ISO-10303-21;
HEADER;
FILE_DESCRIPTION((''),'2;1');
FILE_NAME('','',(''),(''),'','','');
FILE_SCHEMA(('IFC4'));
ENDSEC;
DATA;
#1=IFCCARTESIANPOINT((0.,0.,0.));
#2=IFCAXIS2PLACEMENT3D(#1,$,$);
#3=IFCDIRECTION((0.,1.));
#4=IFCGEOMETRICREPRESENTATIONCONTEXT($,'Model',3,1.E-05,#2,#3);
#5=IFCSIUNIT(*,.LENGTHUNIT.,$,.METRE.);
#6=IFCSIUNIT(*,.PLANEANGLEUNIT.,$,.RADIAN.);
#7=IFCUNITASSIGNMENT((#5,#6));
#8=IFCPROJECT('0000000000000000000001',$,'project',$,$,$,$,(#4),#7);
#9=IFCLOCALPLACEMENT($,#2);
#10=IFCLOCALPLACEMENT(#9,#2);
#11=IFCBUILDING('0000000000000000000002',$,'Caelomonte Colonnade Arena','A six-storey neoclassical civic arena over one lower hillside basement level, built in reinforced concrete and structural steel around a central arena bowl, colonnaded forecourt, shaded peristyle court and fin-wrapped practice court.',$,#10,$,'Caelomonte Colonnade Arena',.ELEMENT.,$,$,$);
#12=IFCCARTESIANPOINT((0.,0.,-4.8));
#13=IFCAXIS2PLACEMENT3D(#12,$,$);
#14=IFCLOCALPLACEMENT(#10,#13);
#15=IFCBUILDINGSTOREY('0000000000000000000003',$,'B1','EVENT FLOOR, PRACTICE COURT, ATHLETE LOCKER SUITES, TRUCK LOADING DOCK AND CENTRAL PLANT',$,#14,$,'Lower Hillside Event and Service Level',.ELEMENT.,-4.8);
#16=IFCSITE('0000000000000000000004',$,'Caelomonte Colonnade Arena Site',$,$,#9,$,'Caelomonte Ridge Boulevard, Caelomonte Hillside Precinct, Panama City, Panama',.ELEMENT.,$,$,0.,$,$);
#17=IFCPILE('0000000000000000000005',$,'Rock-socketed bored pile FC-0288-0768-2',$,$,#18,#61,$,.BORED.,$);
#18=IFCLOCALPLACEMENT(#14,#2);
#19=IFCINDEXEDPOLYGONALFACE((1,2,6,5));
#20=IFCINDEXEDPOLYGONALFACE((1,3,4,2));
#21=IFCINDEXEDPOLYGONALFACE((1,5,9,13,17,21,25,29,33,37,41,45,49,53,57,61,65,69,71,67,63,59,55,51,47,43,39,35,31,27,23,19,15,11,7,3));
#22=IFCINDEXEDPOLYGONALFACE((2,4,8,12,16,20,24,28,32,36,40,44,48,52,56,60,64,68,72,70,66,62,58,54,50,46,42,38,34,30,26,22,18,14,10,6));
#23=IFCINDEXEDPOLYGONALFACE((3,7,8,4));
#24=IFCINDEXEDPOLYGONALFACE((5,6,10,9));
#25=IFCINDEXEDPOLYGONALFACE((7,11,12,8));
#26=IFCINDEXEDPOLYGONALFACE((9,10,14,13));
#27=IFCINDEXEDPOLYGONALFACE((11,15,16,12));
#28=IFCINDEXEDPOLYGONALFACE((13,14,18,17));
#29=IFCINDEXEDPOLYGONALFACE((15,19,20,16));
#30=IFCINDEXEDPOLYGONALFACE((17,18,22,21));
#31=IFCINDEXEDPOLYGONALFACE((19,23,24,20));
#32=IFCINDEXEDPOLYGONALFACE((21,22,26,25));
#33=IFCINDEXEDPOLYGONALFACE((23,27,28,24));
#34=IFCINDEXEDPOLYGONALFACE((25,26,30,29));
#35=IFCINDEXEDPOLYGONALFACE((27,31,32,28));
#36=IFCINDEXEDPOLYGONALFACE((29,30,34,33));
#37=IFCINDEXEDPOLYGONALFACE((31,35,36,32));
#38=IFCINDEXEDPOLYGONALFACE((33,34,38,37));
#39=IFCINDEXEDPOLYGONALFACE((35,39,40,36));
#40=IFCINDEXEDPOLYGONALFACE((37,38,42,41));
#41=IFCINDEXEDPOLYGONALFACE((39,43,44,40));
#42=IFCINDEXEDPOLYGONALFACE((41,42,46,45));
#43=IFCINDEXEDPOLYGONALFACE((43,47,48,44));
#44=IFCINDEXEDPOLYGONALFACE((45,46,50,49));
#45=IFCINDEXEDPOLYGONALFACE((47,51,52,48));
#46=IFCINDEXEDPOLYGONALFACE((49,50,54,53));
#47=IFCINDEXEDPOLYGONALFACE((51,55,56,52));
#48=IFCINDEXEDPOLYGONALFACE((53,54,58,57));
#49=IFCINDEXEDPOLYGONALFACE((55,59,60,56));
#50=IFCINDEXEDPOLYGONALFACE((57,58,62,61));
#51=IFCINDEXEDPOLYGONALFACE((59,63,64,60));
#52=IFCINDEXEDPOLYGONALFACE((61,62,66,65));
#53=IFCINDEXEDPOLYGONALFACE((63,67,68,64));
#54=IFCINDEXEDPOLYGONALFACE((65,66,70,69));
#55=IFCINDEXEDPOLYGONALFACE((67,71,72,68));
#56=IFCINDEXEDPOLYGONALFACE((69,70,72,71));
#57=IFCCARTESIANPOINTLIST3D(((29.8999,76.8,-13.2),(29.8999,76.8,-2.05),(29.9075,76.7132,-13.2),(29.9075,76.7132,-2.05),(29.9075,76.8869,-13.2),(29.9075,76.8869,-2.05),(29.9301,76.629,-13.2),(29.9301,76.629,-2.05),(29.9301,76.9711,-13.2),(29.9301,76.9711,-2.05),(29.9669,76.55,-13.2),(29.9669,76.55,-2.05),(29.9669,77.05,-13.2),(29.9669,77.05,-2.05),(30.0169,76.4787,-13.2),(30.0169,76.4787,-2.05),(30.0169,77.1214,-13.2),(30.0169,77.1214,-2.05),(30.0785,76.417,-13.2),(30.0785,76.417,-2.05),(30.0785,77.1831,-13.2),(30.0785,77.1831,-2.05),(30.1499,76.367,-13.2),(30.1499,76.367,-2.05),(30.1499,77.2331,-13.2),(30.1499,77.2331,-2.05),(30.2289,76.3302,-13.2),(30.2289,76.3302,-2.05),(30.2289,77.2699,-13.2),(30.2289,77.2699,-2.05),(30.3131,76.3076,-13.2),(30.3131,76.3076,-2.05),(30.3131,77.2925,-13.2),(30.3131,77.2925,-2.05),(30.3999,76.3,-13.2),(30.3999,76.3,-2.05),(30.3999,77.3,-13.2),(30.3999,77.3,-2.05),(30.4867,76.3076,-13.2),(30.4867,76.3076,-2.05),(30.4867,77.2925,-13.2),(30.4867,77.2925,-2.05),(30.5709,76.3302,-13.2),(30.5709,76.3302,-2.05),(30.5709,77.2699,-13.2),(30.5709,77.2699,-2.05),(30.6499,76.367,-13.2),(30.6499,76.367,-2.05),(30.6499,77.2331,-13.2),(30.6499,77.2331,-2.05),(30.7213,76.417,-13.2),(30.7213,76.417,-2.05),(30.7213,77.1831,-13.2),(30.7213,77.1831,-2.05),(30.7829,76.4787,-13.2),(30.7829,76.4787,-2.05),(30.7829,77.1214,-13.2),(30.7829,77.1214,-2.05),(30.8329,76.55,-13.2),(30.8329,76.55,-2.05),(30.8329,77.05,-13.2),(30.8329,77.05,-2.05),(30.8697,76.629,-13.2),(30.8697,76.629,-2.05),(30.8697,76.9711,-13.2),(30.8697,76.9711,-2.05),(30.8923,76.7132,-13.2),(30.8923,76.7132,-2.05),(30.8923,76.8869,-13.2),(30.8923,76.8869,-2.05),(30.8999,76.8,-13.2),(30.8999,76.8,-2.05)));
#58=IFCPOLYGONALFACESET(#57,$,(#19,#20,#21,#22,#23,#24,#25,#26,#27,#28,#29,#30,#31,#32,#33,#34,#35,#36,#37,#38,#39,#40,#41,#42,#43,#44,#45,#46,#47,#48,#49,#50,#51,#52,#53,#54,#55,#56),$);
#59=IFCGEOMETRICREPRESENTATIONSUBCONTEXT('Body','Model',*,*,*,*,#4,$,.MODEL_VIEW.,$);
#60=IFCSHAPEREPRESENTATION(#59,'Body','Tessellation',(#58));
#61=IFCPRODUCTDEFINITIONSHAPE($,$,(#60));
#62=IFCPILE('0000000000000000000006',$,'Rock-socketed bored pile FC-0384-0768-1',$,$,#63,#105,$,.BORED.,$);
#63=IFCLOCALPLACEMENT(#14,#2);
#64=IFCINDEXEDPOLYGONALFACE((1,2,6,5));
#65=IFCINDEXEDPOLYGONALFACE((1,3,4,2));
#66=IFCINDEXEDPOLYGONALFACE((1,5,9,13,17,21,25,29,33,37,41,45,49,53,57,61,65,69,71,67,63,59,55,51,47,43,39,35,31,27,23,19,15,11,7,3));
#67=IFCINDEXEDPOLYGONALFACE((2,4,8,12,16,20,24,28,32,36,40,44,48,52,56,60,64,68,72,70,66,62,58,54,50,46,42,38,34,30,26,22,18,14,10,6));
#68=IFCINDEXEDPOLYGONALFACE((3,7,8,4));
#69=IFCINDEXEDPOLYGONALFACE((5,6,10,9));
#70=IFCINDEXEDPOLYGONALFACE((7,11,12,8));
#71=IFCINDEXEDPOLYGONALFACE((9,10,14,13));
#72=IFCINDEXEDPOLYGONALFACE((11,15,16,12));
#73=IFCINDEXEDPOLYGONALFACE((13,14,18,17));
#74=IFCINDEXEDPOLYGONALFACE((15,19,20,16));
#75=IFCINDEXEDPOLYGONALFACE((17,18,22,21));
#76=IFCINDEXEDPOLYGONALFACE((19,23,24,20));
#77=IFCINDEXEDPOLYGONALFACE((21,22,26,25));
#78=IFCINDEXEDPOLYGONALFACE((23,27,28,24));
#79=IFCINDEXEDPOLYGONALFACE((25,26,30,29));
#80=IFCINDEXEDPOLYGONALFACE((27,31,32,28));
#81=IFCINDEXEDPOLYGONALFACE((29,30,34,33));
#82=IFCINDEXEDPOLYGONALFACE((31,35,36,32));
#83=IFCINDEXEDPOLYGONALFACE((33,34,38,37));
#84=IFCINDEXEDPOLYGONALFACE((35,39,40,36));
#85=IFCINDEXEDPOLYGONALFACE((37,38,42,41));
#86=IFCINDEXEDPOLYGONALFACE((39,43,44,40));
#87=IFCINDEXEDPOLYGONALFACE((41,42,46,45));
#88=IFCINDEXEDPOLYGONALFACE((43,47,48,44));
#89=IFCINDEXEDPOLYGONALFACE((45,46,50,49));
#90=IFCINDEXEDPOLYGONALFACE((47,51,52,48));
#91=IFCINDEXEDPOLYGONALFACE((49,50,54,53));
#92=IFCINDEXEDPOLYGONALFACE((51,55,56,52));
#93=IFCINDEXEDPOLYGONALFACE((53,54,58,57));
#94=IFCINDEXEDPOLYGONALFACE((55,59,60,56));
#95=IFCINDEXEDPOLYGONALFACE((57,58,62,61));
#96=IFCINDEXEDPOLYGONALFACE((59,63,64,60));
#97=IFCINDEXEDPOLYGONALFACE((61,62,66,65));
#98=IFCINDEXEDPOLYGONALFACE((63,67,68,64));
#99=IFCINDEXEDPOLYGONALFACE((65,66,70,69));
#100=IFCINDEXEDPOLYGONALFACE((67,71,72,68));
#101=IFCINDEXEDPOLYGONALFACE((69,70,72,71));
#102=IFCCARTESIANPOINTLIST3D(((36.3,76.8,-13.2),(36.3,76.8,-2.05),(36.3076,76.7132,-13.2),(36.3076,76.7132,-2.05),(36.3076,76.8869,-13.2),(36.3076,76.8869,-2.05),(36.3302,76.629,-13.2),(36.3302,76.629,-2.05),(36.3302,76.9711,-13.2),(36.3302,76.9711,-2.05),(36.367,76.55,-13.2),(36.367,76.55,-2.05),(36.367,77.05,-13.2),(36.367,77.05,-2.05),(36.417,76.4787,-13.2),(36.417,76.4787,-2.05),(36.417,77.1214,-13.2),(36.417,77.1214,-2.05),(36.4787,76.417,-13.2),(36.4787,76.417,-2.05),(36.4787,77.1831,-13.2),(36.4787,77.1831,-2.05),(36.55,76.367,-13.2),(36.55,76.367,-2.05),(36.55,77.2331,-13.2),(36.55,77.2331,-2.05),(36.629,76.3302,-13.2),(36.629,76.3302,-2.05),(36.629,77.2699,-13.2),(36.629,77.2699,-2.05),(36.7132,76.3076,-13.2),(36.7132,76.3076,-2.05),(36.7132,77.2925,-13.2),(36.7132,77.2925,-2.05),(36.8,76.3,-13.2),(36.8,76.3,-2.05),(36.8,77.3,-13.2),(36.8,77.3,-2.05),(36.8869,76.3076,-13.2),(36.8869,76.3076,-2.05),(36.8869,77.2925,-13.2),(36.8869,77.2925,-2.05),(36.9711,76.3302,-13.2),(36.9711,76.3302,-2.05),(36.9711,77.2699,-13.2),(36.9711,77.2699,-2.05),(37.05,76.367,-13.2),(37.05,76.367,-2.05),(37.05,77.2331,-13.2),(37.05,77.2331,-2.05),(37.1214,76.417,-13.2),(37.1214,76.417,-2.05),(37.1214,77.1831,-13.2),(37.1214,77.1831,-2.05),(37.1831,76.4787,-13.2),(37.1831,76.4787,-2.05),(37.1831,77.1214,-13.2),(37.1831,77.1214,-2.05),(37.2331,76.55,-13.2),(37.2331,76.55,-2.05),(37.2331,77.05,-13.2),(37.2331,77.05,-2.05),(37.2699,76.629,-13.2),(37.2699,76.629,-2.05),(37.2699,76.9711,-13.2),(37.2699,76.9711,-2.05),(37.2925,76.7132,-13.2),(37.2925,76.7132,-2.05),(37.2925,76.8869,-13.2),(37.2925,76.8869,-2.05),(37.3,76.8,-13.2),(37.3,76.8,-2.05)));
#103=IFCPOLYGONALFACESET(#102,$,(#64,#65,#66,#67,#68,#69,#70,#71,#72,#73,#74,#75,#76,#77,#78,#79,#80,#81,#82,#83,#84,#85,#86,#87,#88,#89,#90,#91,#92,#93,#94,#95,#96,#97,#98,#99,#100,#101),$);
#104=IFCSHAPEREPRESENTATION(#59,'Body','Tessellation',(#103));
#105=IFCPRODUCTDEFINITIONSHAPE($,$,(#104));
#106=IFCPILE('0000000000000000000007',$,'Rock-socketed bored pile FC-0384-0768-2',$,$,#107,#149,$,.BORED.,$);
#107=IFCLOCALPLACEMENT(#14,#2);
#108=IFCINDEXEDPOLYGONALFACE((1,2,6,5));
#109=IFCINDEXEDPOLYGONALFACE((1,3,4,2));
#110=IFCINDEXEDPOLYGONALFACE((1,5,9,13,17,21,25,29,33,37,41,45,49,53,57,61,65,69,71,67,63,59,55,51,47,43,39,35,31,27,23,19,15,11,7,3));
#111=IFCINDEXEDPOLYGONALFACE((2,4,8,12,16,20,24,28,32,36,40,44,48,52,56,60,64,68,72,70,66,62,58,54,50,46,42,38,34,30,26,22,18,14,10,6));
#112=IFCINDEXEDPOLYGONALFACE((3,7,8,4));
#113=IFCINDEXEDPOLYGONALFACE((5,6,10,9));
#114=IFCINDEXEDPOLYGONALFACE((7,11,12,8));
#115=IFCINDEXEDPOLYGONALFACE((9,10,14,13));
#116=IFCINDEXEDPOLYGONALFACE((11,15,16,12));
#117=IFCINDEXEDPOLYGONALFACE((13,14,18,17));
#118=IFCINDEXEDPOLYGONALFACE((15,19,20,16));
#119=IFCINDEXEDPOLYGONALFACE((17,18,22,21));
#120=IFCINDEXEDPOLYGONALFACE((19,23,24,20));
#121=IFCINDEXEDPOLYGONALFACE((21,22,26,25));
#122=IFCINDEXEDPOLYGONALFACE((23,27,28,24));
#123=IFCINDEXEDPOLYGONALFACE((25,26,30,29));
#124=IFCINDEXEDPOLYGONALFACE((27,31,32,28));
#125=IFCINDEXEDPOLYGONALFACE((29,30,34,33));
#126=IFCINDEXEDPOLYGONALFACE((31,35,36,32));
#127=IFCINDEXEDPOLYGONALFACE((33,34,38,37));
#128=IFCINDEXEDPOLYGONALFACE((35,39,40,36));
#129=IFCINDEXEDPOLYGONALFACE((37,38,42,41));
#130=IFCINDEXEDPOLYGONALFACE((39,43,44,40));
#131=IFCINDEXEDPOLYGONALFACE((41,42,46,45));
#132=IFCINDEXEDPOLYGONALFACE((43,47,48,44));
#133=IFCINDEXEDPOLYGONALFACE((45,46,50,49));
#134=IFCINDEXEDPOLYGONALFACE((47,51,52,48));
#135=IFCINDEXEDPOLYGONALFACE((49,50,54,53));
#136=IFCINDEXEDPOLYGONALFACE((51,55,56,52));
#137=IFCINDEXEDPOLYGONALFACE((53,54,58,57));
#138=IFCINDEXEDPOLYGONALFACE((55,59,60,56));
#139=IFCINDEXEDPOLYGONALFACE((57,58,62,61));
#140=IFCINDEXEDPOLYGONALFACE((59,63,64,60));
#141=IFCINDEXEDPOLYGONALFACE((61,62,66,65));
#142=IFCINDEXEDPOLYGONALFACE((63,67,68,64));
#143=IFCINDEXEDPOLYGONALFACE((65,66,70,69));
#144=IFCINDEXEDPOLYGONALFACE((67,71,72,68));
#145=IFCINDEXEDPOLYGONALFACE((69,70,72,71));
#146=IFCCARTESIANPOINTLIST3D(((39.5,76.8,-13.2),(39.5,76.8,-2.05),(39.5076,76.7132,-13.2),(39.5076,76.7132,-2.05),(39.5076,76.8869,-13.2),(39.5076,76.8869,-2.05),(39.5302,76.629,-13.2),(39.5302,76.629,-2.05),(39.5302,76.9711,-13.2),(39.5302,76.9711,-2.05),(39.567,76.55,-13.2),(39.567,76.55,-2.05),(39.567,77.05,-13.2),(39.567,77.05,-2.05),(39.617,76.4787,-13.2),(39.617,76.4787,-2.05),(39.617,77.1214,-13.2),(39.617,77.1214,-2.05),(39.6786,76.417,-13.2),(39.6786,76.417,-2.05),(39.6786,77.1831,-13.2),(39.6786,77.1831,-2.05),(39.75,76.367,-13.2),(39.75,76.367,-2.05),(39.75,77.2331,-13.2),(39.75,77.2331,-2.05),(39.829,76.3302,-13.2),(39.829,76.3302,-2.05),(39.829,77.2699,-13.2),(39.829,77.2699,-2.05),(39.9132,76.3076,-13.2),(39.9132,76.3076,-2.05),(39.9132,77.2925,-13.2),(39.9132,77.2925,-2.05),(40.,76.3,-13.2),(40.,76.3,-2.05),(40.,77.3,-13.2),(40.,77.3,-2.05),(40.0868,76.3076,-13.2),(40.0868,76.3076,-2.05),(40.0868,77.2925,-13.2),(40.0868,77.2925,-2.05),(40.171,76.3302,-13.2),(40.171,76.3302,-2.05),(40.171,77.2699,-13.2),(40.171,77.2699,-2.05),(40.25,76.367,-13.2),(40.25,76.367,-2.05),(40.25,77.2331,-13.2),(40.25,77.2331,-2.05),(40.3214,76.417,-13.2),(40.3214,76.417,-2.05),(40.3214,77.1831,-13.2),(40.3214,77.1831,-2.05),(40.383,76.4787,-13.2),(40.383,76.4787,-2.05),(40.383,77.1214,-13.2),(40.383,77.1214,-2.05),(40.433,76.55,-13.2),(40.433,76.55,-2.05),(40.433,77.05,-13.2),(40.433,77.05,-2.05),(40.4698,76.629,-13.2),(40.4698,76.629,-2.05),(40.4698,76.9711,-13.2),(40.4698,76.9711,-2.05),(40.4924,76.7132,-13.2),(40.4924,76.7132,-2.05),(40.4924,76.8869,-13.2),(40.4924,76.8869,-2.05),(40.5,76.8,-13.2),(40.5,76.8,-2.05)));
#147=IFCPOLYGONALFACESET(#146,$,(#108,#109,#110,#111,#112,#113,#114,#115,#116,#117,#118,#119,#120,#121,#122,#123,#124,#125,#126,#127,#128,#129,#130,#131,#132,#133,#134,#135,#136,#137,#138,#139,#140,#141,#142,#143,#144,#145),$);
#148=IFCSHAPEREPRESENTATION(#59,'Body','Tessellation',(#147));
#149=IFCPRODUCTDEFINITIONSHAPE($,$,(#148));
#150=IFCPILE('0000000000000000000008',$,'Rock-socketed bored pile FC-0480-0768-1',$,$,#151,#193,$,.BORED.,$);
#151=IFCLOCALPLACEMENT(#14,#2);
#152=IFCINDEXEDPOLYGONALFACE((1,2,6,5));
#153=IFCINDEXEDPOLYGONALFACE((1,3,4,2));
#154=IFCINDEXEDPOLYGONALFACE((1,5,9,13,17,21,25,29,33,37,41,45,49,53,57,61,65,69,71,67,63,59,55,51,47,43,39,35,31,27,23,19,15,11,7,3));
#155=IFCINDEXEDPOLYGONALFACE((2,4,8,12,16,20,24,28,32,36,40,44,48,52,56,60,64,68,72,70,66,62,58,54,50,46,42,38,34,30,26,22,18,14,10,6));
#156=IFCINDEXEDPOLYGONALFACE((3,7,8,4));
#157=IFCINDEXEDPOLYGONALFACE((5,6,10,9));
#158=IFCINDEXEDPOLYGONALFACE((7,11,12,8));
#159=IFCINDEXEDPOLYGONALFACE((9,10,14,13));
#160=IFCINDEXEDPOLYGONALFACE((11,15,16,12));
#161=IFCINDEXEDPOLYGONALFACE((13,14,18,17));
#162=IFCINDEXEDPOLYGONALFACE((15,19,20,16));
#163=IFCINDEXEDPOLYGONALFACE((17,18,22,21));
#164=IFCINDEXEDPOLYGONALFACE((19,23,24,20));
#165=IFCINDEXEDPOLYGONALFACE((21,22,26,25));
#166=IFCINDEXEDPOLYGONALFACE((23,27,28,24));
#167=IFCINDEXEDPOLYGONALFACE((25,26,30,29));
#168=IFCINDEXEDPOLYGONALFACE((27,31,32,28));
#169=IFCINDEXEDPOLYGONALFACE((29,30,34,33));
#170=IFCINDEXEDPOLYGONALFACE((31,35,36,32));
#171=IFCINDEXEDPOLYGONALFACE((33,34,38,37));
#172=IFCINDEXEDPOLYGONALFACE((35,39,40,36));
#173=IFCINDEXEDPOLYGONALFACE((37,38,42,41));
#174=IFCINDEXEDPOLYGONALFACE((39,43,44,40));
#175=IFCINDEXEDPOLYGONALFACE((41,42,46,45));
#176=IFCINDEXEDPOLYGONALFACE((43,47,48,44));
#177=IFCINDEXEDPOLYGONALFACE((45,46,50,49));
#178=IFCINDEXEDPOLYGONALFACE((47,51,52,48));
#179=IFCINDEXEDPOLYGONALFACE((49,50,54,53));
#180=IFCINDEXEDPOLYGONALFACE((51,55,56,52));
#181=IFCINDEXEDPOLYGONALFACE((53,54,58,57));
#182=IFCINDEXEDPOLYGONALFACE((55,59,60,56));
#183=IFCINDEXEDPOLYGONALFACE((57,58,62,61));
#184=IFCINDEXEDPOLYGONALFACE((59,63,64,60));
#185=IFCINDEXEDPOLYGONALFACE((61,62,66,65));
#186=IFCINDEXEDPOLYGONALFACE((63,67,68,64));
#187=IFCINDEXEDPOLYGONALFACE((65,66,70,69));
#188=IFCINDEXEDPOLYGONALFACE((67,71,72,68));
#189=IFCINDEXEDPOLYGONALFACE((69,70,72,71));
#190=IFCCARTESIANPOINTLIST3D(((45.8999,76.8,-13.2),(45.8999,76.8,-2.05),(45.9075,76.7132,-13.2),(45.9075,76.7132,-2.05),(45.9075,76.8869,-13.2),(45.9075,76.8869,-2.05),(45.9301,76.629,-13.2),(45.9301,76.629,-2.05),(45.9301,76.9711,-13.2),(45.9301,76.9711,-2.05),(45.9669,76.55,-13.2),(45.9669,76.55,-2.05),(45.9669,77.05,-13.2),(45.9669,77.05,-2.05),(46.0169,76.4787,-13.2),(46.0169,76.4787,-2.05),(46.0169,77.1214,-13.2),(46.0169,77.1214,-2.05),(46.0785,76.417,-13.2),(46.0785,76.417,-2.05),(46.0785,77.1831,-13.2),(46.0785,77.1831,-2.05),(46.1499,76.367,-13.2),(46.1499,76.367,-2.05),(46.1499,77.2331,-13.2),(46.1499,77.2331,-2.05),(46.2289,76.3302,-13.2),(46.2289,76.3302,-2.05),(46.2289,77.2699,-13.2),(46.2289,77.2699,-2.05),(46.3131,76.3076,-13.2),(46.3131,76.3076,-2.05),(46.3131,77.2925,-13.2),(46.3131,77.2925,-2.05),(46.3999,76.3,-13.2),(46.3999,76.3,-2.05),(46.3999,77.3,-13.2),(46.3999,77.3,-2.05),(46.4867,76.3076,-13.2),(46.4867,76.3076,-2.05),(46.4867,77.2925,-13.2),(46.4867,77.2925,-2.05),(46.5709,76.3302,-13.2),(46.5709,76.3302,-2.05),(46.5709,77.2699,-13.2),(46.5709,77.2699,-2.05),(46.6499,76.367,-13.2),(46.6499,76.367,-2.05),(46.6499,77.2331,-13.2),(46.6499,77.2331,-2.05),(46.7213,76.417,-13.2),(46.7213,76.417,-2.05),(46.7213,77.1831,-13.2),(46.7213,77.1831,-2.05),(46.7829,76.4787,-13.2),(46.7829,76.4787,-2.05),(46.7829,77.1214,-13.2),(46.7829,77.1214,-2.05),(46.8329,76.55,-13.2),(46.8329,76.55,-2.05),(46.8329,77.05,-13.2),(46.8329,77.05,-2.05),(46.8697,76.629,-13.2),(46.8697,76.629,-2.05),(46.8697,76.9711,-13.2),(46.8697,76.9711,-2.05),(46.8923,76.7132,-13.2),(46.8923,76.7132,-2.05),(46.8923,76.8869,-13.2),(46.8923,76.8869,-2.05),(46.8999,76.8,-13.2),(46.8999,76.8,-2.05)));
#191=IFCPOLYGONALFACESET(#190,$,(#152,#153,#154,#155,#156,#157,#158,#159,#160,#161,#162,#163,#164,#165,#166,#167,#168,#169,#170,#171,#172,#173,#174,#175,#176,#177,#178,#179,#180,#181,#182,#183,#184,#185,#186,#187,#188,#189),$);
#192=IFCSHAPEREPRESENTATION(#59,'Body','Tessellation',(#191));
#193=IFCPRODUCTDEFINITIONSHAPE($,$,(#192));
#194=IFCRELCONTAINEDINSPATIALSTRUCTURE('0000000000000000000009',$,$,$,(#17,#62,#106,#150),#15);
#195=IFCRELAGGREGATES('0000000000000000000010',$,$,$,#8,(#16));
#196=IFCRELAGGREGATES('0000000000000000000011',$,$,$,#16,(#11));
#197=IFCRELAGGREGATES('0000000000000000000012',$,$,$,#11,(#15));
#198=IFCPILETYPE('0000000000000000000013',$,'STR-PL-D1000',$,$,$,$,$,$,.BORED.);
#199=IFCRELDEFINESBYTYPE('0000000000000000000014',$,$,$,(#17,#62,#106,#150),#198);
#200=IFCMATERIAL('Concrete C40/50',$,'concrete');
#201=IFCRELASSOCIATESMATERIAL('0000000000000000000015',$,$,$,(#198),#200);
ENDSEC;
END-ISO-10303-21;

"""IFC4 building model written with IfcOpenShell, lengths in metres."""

from ifc_helpers import new_model, si_unit, direction, frame, origin, origin_2d, place, context, subcontext, project, spatial, circle, extrude, material, material_profile, profile_set, type_object, element, save


model = new_model("IFC4")

# Units and contexts
model_context = context("Model", 3, precision=1e-05, world=origin(), true_north=direction((0.0, 1.0)))
body_context = subcontext(model_context, "Body", "Model", "MODEL_VIEW")
ifc_project = project(units=[si_unit("LENGTHUNIT", "METRE"), si_unit("PLANEANGLEUNIT", "RADIAN")], contexts=[model_context])

# Site, building, storey
site_placement = place(None, origin())
site = spatial("IfcSite", under=ifc_project, at=site_placement, Name="Caelomonte Colonnade Arena Site", LongName="Caelomonte Ridge Boulevard, Caelomonte Hillside Precinct, Panama City, Panama", CompositionType="ELEMENT", RefElevation=0.0)
building_placement = place(site_placement, origin())
building = spatial("IfcBuilding", under=site, at=building_placement, Name="Caelomonte Colonnade Arena", Description="A six-storey neoclassical civic arena over one lower hillside basement level, built in reinforced concrete and structural steel around a central arena bowl, colonnaded forecourt, shaded peristyle court and fin-wrapped practice court.", LongName="Caelomonte Colonnade Arena", CompositionType="ELEMENT")
storey_placement = place(building_placement, frame((0.0, 0.0, -4.8)))
storey = spatial("IfcBuildingStorey", under=building, at=storey_placement, Name="B1", Description="EVENT FLOOR, PRACTICE COURT, ATHLETE LOCKER SUITES, TRUCK LOADING DOCK AND CENTRAL PLANT", LongName="Lower Hillside Event and Service Level", CompositionType="ELEMENT", Elevation=-4.8)

# Shared definitions
ifc_material_1 = material(Name="Concrete C40/50", Category="concrete")

# Piles
ifc_material_profile_1 = material_profile(ifc_material_1, circle(Radius=0.5, at=origin_2d()), Name="PILE-D1000")
ifc_profile_set_1 = profile_set([ifc_material_profile_1], Name="Concrete C40/50")
pile_type_1 = type_object("IfcPileType", Name="STR-PL-D1000", PredefinedType="BORED", material=ifc_profile_set_1)
for number, where, z_axis, x_axis, name in (
    (1, (30.3999, 76.8, -2.05), (0.0, 0.0, -1.0), (1.0, 0.0, 0.0), "Rock-socketed bored pile FC-0288-0768-2"),
    (2, (36.8, 76.8, -2.05), (0.0, 0.0, -1.0), (1.0, 0.0, 0.0), "Rock-socketed bored pile FC-0384-0768-1"),
    (3, (40.0, 76.8, -2.05), (0.0, 0.0, -1.0), (1.0, 0.0, 0.0), "Rock-socketed bored pile FC-0384-0768-2"),
    (4, (46.3999, 76.8, -2.05), (0.0, 0.0, -1.0), (1.0, 0.0, 0.0), "Rock-socketed bored pile FC-0480-0768-1"),
):
    element("IfcPile", number, at=place(storey_placement, frame(where, z_axis=z_axis, x_axis=x_axis)), inside=storey, type_object=pile_type_1, Name=name, PredefinedType="BORED", context=body_context, shape_type="SweptSolid", body=[
        extrude(circle(Radius=0.5, at=origin_2d()), origin(), (0.0, 0.0, 1.0), 11.1499),
    ])

save(model, "model.ifc")
